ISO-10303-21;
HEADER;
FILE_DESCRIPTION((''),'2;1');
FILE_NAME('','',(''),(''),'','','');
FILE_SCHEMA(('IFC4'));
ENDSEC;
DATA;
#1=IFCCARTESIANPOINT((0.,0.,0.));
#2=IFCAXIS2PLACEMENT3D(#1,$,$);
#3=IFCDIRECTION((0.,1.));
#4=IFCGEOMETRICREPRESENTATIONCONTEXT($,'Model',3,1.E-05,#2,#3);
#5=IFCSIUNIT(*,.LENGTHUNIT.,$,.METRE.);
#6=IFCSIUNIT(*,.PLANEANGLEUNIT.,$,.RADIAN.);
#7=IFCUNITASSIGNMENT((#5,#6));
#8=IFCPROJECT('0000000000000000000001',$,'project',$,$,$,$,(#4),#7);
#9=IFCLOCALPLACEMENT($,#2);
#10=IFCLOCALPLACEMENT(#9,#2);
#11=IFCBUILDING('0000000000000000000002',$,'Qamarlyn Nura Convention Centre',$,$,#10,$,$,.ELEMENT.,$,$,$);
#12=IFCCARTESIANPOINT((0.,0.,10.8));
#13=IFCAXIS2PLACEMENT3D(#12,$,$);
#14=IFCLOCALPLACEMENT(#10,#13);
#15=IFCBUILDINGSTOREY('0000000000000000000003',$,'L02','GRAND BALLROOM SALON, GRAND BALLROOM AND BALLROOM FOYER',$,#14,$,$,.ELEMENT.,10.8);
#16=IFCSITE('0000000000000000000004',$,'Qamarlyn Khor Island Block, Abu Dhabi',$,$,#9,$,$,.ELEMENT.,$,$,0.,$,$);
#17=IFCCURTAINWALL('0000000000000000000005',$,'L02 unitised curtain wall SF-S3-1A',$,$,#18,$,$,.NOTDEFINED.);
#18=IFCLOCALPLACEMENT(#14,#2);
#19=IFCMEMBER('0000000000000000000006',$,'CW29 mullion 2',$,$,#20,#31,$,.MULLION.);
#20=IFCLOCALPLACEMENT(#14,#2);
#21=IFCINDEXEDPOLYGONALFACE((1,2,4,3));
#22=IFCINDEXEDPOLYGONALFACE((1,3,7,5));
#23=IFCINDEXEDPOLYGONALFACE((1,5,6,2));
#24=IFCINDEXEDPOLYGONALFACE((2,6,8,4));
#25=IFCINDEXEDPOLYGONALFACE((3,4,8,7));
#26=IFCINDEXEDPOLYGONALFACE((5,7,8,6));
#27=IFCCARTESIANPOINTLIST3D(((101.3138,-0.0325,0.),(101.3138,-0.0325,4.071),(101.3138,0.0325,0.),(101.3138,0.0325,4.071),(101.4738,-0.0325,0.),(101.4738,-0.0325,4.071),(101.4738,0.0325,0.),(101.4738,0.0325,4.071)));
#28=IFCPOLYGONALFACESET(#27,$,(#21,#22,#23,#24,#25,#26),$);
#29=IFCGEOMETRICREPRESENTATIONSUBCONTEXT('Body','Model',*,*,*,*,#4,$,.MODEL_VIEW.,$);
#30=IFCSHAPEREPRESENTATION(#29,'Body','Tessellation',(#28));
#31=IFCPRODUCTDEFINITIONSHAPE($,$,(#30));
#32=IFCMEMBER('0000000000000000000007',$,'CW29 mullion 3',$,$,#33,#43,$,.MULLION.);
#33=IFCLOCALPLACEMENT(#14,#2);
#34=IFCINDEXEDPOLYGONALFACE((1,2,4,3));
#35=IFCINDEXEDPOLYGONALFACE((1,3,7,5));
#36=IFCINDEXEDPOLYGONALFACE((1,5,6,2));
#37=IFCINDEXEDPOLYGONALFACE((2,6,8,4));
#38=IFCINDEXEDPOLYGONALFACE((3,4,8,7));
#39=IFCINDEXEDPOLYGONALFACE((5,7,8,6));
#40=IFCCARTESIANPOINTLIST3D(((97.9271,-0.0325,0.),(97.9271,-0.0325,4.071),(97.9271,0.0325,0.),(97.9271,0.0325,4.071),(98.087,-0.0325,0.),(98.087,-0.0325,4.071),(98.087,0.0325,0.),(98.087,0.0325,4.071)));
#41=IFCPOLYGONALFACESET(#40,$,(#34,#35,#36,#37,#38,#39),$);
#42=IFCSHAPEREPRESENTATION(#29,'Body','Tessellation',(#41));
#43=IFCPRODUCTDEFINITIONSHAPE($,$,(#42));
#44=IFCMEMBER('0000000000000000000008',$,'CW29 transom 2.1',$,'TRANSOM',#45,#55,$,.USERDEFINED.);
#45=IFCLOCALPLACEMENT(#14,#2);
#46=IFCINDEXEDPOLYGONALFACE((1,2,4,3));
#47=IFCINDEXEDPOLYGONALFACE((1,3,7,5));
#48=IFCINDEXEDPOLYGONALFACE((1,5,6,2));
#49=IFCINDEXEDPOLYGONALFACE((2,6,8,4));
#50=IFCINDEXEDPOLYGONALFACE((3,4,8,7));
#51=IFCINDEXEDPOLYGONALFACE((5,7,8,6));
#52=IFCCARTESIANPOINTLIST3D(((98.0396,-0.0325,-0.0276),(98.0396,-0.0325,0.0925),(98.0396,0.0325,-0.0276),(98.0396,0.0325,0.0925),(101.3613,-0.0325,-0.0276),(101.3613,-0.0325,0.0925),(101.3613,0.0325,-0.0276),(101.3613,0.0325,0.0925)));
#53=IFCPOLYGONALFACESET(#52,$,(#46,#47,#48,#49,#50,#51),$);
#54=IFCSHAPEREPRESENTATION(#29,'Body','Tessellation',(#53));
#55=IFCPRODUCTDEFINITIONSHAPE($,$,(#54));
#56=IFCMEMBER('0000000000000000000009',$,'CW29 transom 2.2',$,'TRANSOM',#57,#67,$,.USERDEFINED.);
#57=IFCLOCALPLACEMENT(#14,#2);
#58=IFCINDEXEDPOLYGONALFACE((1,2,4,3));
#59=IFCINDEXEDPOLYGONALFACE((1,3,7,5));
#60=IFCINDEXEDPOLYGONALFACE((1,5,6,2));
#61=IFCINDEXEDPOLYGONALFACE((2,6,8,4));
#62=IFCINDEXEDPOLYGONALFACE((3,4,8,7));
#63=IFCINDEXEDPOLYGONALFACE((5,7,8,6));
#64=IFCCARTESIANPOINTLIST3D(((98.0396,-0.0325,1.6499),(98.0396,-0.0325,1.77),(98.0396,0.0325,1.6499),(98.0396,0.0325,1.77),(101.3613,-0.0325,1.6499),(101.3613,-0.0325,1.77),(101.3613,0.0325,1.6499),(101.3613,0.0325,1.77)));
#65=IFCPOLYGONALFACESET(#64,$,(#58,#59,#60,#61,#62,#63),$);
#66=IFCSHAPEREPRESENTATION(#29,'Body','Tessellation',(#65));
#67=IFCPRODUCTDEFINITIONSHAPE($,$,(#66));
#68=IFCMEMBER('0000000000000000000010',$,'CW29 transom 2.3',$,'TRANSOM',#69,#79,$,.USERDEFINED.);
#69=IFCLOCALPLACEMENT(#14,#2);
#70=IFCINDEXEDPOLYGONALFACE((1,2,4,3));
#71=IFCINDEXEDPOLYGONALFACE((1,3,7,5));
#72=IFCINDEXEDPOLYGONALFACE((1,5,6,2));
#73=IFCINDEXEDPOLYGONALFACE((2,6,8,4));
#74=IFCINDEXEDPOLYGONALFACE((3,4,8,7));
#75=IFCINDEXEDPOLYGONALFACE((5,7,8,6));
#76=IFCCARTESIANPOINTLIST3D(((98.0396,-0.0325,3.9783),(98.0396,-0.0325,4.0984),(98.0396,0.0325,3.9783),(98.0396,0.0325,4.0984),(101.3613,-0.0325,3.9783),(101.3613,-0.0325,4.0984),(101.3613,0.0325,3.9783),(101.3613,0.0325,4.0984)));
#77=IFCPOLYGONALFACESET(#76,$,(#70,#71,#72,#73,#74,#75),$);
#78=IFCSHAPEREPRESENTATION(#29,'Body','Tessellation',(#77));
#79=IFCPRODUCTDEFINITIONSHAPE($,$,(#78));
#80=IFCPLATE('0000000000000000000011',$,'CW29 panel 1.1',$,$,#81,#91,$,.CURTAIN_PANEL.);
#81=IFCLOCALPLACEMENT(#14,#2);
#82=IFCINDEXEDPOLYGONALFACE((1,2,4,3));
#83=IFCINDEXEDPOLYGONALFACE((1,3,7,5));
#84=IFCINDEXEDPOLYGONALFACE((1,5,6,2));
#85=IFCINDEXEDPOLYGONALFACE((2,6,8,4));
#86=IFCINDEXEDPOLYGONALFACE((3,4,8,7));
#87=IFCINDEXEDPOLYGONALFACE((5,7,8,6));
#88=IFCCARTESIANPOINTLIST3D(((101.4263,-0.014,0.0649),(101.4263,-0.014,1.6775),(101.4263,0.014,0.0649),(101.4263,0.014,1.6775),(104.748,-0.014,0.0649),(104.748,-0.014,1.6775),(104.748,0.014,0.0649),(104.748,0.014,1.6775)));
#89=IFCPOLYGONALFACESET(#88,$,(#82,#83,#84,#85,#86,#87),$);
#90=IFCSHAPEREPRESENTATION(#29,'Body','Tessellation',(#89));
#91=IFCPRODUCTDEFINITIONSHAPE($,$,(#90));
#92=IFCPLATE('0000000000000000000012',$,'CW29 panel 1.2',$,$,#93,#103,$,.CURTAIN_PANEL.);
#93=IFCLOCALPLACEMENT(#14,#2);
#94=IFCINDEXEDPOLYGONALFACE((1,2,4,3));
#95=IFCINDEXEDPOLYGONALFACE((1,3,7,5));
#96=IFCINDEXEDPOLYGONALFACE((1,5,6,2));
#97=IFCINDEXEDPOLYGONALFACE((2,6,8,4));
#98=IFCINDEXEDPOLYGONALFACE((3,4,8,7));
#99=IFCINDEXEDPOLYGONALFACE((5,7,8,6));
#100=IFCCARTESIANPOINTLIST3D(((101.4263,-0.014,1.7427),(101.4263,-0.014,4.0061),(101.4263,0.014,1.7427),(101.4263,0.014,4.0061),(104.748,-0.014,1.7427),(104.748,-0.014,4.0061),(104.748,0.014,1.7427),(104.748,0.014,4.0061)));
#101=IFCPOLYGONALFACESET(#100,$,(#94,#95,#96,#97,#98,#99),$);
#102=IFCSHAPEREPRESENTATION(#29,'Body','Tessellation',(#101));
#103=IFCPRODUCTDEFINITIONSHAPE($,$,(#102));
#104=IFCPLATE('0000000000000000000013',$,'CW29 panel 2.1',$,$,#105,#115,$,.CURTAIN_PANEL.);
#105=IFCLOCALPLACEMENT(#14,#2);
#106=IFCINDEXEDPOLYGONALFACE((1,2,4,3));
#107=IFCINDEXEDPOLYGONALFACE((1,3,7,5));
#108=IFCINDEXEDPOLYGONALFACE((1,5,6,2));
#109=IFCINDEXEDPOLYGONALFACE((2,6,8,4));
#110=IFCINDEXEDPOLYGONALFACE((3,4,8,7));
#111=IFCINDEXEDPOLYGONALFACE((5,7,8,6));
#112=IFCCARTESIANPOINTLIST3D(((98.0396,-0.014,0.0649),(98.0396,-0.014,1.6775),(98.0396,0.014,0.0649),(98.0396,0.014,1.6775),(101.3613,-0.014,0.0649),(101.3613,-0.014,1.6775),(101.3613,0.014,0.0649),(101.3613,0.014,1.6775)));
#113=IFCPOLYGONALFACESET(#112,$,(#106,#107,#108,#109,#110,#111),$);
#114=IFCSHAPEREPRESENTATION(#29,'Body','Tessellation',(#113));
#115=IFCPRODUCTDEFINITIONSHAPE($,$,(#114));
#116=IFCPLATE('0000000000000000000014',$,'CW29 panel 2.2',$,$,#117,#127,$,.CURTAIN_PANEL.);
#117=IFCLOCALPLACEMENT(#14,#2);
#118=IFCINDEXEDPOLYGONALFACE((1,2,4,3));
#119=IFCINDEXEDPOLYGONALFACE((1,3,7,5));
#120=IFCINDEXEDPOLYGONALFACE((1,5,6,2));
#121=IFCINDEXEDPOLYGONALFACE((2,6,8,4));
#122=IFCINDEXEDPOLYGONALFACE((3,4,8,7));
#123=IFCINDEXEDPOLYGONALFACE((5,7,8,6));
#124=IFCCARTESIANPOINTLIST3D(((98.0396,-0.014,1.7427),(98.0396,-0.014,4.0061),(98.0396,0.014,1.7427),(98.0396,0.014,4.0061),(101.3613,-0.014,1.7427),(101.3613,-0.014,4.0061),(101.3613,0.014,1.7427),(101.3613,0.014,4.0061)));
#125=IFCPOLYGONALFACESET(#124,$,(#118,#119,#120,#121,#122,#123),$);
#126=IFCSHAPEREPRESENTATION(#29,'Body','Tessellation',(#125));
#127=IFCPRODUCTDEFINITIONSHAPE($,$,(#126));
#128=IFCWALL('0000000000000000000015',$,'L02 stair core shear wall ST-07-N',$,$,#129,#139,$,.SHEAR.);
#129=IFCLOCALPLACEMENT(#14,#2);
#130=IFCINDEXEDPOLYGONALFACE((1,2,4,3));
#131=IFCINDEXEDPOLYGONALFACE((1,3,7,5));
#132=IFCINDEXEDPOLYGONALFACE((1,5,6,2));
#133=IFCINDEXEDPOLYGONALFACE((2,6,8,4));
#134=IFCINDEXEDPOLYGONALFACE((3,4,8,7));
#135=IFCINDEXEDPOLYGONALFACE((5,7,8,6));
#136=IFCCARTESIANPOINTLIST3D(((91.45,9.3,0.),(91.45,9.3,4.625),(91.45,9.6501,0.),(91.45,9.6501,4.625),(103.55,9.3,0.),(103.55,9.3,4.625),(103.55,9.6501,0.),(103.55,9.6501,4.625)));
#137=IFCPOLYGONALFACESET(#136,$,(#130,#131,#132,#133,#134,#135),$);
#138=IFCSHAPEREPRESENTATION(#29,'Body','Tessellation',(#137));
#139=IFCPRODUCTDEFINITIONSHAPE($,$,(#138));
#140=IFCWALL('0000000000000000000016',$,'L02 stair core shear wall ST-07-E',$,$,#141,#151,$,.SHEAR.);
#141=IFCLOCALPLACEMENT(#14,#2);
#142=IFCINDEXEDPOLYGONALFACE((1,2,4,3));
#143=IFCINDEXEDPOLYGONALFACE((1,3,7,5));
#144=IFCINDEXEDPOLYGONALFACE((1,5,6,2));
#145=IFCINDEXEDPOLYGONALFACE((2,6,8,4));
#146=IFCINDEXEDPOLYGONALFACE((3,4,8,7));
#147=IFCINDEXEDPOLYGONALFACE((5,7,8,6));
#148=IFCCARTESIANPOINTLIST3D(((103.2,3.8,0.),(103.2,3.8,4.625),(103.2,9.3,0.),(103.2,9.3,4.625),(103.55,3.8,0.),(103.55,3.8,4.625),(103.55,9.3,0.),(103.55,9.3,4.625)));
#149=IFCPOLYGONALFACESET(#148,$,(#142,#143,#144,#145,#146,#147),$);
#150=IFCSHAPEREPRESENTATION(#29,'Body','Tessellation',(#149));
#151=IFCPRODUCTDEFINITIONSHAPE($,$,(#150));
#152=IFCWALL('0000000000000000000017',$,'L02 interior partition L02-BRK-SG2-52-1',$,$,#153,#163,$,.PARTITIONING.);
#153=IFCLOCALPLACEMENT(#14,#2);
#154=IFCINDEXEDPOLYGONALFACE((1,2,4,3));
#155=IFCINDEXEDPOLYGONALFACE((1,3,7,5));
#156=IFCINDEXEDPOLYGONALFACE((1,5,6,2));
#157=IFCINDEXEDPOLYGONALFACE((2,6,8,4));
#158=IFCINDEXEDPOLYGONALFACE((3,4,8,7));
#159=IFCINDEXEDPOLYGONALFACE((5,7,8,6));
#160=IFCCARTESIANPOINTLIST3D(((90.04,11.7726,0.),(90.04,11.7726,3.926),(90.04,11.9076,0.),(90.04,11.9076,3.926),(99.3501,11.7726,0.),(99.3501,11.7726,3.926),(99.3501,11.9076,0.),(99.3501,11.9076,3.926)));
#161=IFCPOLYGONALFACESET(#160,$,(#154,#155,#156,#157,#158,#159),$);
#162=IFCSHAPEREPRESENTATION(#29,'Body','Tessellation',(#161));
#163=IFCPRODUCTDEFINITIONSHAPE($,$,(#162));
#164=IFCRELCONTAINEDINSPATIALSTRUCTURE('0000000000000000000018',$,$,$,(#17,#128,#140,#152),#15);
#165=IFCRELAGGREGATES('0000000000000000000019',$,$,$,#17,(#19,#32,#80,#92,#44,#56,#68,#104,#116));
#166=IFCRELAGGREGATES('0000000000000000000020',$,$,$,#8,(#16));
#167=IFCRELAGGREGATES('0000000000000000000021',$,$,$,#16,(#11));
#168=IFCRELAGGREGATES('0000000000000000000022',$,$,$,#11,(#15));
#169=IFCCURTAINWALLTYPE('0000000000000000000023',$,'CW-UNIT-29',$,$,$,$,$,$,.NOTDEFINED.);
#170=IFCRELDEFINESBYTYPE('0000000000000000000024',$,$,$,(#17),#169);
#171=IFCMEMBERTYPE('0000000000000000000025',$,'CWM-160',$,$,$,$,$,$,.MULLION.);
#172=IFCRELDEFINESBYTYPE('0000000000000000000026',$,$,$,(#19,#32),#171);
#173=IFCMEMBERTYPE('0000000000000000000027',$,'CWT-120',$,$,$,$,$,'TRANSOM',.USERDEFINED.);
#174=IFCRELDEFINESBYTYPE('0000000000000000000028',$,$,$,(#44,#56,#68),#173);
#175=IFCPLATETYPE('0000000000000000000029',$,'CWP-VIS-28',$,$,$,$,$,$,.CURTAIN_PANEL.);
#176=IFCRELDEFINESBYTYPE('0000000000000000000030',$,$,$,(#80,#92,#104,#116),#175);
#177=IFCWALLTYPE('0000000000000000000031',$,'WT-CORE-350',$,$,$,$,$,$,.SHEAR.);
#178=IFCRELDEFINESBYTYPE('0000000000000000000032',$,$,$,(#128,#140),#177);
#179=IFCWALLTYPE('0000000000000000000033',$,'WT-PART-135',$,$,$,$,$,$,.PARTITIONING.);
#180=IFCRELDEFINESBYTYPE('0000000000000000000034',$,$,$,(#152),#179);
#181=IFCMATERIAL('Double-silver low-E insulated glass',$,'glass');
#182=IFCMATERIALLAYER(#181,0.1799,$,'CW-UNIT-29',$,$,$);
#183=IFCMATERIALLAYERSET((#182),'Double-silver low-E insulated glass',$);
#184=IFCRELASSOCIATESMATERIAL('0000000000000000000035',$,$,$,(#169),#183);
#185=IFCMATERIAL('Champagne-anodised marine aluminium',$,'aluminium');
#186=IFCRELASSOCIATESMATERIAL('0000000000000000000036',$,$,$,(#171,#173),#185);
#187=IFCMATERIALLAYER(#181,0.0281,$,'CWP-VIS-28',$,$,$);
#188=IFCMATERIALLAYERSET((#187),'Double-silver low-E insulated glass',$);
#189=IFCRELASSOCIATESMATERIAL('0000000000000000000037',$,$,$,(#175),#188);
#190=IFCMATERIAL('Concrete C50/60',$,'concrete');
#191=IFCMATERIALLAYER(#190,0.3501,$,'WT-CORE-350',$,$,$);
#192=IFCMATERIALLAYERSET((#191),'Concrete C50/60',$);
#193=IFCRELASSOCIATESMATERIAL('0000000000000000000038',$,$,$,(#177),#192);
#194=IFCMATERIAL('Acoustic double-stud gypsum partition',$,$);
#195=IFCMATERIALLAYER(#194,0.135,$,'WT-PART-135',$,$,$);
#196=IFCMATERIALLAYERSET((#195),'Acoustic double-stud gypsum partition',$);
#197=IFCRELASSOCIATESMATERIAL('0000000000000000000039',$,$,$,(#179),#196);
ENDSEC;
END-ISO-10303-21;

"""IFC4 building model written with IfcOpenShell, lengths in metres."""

from ifc_helpers import new_model, si_unit, direction, frame, frame_2d, origin, origin_2d, place, context, subcontext, project, spatial, rectangle, extrude, material, layer, layer_set, material_profile, profile_set, type_object, element, aggregate, save


model = new_model("IFC4")

# Units and contexts
model_context = context("Model", 3, precision=1e-05, world=origin(), true_north=direction((0.0, 1.0)))
body_context = subcontext(model_context, "Body", "Model", "MODEL_VIEW")
ifc_project = project(units=[si_unit("LENGTHUNIT", "METRE"), si_unit("PLANEANGLEUNIT", "RADIAN")], contexts=[model_context])

# Site, building, storey
site_placement = place(None, origin())
site = spatial("IfcSite", under=ifc_project, at=site_placement, Name="Qamarlyn Khor Island Block, Abu Dhabi", CompositionType="ELEMENT", RefElevation=0.0)
building_placement = place(site_placement, origin())
building = spatial("IfcBuilding", under=site, at=building_placement, Name="Qamarlyn Nura Convention Centre", CompositionType="ELEMENT")
storey_placement = place(building_placement, frame((0.0, 0.0, 10.8)))
storey = spatial("IfcBuildingStorey", under=building, at=storey_placement, Name="L02", Description="GRAND BALLROOM SALON, GRAND BALLROOM AND BALLROOM FOYER", CompositionType="ELEMENT", Elevation=10.8)

# Curtain wall, members, plates
ifc_material_1 = material(Name="Double-silver low-E insulated glass", Category="glass")
ifc_layer_1 = layer(ifc_material_1, 0.1799, Name="CW-UNIT-29")
ifc_layer_set_1 = layer_set([ifc_layer_1], Name="Double-silver low-E insulated glass")
curtain_wall_type = type_object("IfcCurtainWallType", Name="CW-UNIT-29", PredefinedType="NOTDEFINED", material=ifc_layer_set_1)
curtain_wall_placement = place(storey_placement, origin())
curtain_wall = element("IfcCurtainWall", 1, at=curtain_wall_placement, inside=storey, type_object=curtain_wall_type, Name="L02 unitised curtain wall SF-S3-1A", PredefinedType="NOTDEFINED")
ifc_material_2 = material(Name="Champagne-anodised marine aluminium", Category="aluminium")
ifc_material_profile_1 = material_profile(ifc_material_2, rectangle(XDim=0.0649, YDim=0.1599, at=origin_2d()), Name="ALU MULLION 65x160")
ifc_profile_set_1 = profile_set([ifc_material_profile_1], Name="Champagne-anodised marine aluminium")
member_type_1 = type_object("IfcMemberType", Name="CWM-160", PredefinedType="MULLION", material=ifc_profile_set_1)
member_1_placement = place(storey_placement, frame((101.3938, 0.0, 0.0), z_axis=(0.0, 0.0, 1.0), x_axis=(0.0, -1.0, 0.0)))
member_1 = element("IfcMember", 2, at=member_1_placement, type_object=member_type_1, Name="CW29 mullion 2", PredefinedType="MULLION", context=body_context, shape_type="SweptSolid", body=[
    extrude(rectangle(XDim=0.0649, YDim=0.1599, at=origin_2d()), origin(), (0.0, 0.0, 1.0), 4.071),
])
member_2_placement = place(storey_placement, frame((98.0071, 0.0, 0.0), z_axis=(0.0, 0.0, 1.0), x_axis=(0.0, -1.0, 0.0)))
member_2 = element("IfcMember", 3, at=member_2_placement, type_object=member_type_1, Name="CW29 mullion 3", PredefinedType="MULLION", context=body_context, shape_type="SweptSolid", body=[
    extrude(rectangle(XDim=0.0649, YDim=0.1599, at=origin_2d()), origin(), (0.0, 0.0, 1.0), 4.071),
])
ifc_material_profile_2 = material_profile(ifc_material_2, rectangle(XDim=0.0649, YDim=0.1201, at=origin_2d()), Name="ALU TRANSOM 65x120")
ifc_profile_set_2 = profile_set([ifc_material_profile_2], Name="Champagne-anodised marine aluminium")
member_type_2 = type_object("IfcMemberType", Name="CWT-120", ElementType="TRANSOM", PredefinedType="USERDEFINED", material=ifc_profile_set_2)
member_3_placement = place(storey_placement, frame((101.3613, 0.0, 0.0325), z_axis=(-1.0, 0.0, 0.0), x_axis=(0.0, -1.0, 0.0)))
member_3 = element("IfcMember", 4, at=member_3_placement, type_object=member_type_2, Name="CW29 transom 2.1", ObjectType="TRANSOM", PredefinedType="USERDEFINED", context=body_context, shape_type="SweptSolid", body=[
    extrude(rectangle(XDim=0.0649, YDim=0.1201, at=origin_2d()), origin(), (0.0, 0.0, 1.0), 3.3218),
])
member_4_placement = place(storey_placement, frame((101.3613, 0.0, 1.71), z_axis=(-1.0, 0.0, 0.0), x_axis=(0.0, -1.0, 0.0)))
member_4 = element("IfcMember", 5, at=member_4_placement, type_object=member_type_2, Name="CW29 transom 2.2", ObjectType="TRANSOM", PredefinedType="USERDEFINED", context=body_context, shape_type="SweptSolid", body=[
    extrude(rectangle(XDim=0.0649, YDim=0.1201, at=origin_2d()), origin(), (0.0, 0.0, 1.0), 3.3218),
])
member_5_placement = place(storey_placement, frame((101.3613, 0.0, 4.0383), z_axis=(-1.0, 0.0, 0.0), x_axis=(0.0, -1.0, 0.0)))
member_5 = element("IfcMember", 6, at=member_5_placement, type_object=member_type_2, Name="CW29 transom 2.3", ObjectType="TRANSOM", PredefinedType="USERDEFINED", context=body_context, shape_type="SweptSolid", body=[
    extrude(rectangle(XDim=0.0649, YDim=0.1201, at=origin_2d()), origin(), (0.0, 0.0, 1.0), 3.3218),
])
ifc_layer_2 = layer(ifc_material_1, 0.0281, Name="CWP-VIS-28")
ifc_layer_set_2 = layer_set([ifc_layer_2], Name="Double-silver low-E insulated glass")
plate_type = type_object("IfcPlateType", Name="CWP-VIS-28", PredefinedType="CURTAIN_PANEL", material=ifc_layer_set_2)
plate_1_placement = place(storey_placement, frame((103.0872, 0.0, 0.0649), z_axis=(0.0, 0.0, 1.0), x_axis=(-1.0, 0.0, 0.0)))
plate_1 = element("IfcPlate", 7, at=plate_1_placement, type_object=plate_type, Name="CW29 panel 1.1", PredefinedType="CURTAIN_PANEL", context=body_context, shape_type="SweptSolid", body=[
    extrude(rectangle(XDim=3.3218, YDim=0.0281, at=origin_2d()), origin(), (0.0, 0.0, 1.0), 1.6125),
])
plate_2_placement = place(storey_placement, frame((103.0872, 0.0, 1.7427), z_axis=(0.0, 0.0, 1.0), x_axis=(-1.0, 0.0, 0.0)))
plate_2 = element("IfcPlate", 8, at=plate_2_placement, type_object=plate_type, Name="CW29 panel 1.2", PredefinedType="CURTAIN_PANEL", context=body_context, shape_type="SweptSolid", body=[
    extrude(rectangle(XDim=3.3218, YDim=0.0281, at=origin_2d()), origin(), (0.0, 0.0, 1.0), 2.2634),
])
plate_3_placement = place(storey_placement, frame((99.7004, 0.0, 0.0649), z_axis=(0.0, 0.0, 1.0), x_axis=(-1.0, 0.0, 0.0)))
plate_3 = element("IfcPlate", 9, at=plate_3_placement, type_object=plate_type, Name="CW29 panel 2.1", PredefinedType="CURTAIN_PANEL", context=body_context, shape_type="SweptSolid", body=[
    extrude(rectangle(XDim=3.3218, YDim=0.0281, at=origin_2d()), origin(), (0.0, 0.0, 1.0), 1.6125),
])
plate_4_placement = place(storey_placement, frame((99.7004, 0.0, 1.7427), z_axis=(0.0, 0.0, 1.0), x_axis=(-1.0, 0.0, 0.0)))
plate_4 = element("IfcPlate", 10, at=plate_4_placement, type_object=plate_type, Name="CW29 panel 2.2", PredefinedType="CURTAIN_PANEL", context=body_context, shape_type="SweptSolid", body=[
    extrude(rectangle(XDim=3.3218, YDim=0.0281, at=origin_2d()), origin(), (0.0, 0.0, 1.0), 2.2634),
])
aggregate(curtain_wall, [member_1, member_2, plate_1, plate_2, member_3, member_4, member_5, plate_3, plate_4])

# Walls
ifc_material_3 = material(Name="Concrete C50/60", Category="concrete")
ifc_layer_3 = layer(ifc_material_3, 0.3501, Name="WT-CORE-350")
ifc_layer_set_3 = layer_set([ifc_layer_3], Name="Concrete C50/60")
wall_type_1 = type_object("IfcWallType", Name="WT-CORE-350", PredefinedType="SHEAR", material=ifc_layer_set_3)
wall_1_placement = place(storey_placement, frame((103.55, 9.4751, 0.0), z_axis=(0.0, 0.0, 1.0), x_axis=(-1.0, 0.0, 0.0)))
element("IfcWall", 11, at=wall_1_placement, inside=storey, type_object=wall_type_1, Name="L02 stair core shear wall ST-07-N", PredefinedType="SHEAR", context=body_context, shape_type="SweptSolid", body=[
    extrude(rectangle(XDim=12.1001, YDim=0.3501, at=frame_2d((6.05, 0.0))), origin(), (0.0, 0.0, 1.0), 4.625),
])
wall_2_placement = place(storey_placement, frame((103.375, 3.8, 0.0), z_axis=(0.0, 0.0, 1.0), x_axis=(0.0, 1.0, 0.0)))
element("IfcWall", 12, at=wall_2_placement, inside=storey, type_object=wall_type_1, Name="L02 stair core shear wall ST-07-E", PredefinedType="SHEAR", context=body_context, shape_type="SweptSolid", body=[
    extrude(rectangle(XDim=5.5, YDim=0.3501, at=frame_2d((2.75, 0.0))), origin(), (0.0, 0.0, 1.0), 4.625),
])
ifc_material_4 = material(Name="Acoustic double-stud gypsum partition")
ifc_layer_4 = layer(ifc_material_4, 0.135, Name="WT-PART-135")
ifc_layer_set_4 = layer_set([ifc_layer_4], Name="Acoustic double-stud gypsum partition")
wall_type_2 = type_object("IfcWallType", Name="WT-PART-135", PredefinedType="PARTITIONING", material=ifc_layer_set_4)
wall_3_placement = place(storey_placement, frame((99.3501, 11.8401, 0.0), z_axis=(0.0, 0.0, 1.0), x_axis=(-1.0, 0.0, 0.0)))
element("IfcWall", 13, at=wall_3_placement, inside=storey, type_object=wall_type_2, Name="L02 interior partition L02-BRK-SG2-52-1", PredefinedType="PARTITIONING", context=body_context, shape_type="SweptSolid", body=[
    extrude(rectangle(XDim=9.3101, YDim=0.135, at=frame_2d((4.655, 0.0))), origin(), (0.0, 0.0, 1.0), 3.926),
])

save(model, "model.ifc")
